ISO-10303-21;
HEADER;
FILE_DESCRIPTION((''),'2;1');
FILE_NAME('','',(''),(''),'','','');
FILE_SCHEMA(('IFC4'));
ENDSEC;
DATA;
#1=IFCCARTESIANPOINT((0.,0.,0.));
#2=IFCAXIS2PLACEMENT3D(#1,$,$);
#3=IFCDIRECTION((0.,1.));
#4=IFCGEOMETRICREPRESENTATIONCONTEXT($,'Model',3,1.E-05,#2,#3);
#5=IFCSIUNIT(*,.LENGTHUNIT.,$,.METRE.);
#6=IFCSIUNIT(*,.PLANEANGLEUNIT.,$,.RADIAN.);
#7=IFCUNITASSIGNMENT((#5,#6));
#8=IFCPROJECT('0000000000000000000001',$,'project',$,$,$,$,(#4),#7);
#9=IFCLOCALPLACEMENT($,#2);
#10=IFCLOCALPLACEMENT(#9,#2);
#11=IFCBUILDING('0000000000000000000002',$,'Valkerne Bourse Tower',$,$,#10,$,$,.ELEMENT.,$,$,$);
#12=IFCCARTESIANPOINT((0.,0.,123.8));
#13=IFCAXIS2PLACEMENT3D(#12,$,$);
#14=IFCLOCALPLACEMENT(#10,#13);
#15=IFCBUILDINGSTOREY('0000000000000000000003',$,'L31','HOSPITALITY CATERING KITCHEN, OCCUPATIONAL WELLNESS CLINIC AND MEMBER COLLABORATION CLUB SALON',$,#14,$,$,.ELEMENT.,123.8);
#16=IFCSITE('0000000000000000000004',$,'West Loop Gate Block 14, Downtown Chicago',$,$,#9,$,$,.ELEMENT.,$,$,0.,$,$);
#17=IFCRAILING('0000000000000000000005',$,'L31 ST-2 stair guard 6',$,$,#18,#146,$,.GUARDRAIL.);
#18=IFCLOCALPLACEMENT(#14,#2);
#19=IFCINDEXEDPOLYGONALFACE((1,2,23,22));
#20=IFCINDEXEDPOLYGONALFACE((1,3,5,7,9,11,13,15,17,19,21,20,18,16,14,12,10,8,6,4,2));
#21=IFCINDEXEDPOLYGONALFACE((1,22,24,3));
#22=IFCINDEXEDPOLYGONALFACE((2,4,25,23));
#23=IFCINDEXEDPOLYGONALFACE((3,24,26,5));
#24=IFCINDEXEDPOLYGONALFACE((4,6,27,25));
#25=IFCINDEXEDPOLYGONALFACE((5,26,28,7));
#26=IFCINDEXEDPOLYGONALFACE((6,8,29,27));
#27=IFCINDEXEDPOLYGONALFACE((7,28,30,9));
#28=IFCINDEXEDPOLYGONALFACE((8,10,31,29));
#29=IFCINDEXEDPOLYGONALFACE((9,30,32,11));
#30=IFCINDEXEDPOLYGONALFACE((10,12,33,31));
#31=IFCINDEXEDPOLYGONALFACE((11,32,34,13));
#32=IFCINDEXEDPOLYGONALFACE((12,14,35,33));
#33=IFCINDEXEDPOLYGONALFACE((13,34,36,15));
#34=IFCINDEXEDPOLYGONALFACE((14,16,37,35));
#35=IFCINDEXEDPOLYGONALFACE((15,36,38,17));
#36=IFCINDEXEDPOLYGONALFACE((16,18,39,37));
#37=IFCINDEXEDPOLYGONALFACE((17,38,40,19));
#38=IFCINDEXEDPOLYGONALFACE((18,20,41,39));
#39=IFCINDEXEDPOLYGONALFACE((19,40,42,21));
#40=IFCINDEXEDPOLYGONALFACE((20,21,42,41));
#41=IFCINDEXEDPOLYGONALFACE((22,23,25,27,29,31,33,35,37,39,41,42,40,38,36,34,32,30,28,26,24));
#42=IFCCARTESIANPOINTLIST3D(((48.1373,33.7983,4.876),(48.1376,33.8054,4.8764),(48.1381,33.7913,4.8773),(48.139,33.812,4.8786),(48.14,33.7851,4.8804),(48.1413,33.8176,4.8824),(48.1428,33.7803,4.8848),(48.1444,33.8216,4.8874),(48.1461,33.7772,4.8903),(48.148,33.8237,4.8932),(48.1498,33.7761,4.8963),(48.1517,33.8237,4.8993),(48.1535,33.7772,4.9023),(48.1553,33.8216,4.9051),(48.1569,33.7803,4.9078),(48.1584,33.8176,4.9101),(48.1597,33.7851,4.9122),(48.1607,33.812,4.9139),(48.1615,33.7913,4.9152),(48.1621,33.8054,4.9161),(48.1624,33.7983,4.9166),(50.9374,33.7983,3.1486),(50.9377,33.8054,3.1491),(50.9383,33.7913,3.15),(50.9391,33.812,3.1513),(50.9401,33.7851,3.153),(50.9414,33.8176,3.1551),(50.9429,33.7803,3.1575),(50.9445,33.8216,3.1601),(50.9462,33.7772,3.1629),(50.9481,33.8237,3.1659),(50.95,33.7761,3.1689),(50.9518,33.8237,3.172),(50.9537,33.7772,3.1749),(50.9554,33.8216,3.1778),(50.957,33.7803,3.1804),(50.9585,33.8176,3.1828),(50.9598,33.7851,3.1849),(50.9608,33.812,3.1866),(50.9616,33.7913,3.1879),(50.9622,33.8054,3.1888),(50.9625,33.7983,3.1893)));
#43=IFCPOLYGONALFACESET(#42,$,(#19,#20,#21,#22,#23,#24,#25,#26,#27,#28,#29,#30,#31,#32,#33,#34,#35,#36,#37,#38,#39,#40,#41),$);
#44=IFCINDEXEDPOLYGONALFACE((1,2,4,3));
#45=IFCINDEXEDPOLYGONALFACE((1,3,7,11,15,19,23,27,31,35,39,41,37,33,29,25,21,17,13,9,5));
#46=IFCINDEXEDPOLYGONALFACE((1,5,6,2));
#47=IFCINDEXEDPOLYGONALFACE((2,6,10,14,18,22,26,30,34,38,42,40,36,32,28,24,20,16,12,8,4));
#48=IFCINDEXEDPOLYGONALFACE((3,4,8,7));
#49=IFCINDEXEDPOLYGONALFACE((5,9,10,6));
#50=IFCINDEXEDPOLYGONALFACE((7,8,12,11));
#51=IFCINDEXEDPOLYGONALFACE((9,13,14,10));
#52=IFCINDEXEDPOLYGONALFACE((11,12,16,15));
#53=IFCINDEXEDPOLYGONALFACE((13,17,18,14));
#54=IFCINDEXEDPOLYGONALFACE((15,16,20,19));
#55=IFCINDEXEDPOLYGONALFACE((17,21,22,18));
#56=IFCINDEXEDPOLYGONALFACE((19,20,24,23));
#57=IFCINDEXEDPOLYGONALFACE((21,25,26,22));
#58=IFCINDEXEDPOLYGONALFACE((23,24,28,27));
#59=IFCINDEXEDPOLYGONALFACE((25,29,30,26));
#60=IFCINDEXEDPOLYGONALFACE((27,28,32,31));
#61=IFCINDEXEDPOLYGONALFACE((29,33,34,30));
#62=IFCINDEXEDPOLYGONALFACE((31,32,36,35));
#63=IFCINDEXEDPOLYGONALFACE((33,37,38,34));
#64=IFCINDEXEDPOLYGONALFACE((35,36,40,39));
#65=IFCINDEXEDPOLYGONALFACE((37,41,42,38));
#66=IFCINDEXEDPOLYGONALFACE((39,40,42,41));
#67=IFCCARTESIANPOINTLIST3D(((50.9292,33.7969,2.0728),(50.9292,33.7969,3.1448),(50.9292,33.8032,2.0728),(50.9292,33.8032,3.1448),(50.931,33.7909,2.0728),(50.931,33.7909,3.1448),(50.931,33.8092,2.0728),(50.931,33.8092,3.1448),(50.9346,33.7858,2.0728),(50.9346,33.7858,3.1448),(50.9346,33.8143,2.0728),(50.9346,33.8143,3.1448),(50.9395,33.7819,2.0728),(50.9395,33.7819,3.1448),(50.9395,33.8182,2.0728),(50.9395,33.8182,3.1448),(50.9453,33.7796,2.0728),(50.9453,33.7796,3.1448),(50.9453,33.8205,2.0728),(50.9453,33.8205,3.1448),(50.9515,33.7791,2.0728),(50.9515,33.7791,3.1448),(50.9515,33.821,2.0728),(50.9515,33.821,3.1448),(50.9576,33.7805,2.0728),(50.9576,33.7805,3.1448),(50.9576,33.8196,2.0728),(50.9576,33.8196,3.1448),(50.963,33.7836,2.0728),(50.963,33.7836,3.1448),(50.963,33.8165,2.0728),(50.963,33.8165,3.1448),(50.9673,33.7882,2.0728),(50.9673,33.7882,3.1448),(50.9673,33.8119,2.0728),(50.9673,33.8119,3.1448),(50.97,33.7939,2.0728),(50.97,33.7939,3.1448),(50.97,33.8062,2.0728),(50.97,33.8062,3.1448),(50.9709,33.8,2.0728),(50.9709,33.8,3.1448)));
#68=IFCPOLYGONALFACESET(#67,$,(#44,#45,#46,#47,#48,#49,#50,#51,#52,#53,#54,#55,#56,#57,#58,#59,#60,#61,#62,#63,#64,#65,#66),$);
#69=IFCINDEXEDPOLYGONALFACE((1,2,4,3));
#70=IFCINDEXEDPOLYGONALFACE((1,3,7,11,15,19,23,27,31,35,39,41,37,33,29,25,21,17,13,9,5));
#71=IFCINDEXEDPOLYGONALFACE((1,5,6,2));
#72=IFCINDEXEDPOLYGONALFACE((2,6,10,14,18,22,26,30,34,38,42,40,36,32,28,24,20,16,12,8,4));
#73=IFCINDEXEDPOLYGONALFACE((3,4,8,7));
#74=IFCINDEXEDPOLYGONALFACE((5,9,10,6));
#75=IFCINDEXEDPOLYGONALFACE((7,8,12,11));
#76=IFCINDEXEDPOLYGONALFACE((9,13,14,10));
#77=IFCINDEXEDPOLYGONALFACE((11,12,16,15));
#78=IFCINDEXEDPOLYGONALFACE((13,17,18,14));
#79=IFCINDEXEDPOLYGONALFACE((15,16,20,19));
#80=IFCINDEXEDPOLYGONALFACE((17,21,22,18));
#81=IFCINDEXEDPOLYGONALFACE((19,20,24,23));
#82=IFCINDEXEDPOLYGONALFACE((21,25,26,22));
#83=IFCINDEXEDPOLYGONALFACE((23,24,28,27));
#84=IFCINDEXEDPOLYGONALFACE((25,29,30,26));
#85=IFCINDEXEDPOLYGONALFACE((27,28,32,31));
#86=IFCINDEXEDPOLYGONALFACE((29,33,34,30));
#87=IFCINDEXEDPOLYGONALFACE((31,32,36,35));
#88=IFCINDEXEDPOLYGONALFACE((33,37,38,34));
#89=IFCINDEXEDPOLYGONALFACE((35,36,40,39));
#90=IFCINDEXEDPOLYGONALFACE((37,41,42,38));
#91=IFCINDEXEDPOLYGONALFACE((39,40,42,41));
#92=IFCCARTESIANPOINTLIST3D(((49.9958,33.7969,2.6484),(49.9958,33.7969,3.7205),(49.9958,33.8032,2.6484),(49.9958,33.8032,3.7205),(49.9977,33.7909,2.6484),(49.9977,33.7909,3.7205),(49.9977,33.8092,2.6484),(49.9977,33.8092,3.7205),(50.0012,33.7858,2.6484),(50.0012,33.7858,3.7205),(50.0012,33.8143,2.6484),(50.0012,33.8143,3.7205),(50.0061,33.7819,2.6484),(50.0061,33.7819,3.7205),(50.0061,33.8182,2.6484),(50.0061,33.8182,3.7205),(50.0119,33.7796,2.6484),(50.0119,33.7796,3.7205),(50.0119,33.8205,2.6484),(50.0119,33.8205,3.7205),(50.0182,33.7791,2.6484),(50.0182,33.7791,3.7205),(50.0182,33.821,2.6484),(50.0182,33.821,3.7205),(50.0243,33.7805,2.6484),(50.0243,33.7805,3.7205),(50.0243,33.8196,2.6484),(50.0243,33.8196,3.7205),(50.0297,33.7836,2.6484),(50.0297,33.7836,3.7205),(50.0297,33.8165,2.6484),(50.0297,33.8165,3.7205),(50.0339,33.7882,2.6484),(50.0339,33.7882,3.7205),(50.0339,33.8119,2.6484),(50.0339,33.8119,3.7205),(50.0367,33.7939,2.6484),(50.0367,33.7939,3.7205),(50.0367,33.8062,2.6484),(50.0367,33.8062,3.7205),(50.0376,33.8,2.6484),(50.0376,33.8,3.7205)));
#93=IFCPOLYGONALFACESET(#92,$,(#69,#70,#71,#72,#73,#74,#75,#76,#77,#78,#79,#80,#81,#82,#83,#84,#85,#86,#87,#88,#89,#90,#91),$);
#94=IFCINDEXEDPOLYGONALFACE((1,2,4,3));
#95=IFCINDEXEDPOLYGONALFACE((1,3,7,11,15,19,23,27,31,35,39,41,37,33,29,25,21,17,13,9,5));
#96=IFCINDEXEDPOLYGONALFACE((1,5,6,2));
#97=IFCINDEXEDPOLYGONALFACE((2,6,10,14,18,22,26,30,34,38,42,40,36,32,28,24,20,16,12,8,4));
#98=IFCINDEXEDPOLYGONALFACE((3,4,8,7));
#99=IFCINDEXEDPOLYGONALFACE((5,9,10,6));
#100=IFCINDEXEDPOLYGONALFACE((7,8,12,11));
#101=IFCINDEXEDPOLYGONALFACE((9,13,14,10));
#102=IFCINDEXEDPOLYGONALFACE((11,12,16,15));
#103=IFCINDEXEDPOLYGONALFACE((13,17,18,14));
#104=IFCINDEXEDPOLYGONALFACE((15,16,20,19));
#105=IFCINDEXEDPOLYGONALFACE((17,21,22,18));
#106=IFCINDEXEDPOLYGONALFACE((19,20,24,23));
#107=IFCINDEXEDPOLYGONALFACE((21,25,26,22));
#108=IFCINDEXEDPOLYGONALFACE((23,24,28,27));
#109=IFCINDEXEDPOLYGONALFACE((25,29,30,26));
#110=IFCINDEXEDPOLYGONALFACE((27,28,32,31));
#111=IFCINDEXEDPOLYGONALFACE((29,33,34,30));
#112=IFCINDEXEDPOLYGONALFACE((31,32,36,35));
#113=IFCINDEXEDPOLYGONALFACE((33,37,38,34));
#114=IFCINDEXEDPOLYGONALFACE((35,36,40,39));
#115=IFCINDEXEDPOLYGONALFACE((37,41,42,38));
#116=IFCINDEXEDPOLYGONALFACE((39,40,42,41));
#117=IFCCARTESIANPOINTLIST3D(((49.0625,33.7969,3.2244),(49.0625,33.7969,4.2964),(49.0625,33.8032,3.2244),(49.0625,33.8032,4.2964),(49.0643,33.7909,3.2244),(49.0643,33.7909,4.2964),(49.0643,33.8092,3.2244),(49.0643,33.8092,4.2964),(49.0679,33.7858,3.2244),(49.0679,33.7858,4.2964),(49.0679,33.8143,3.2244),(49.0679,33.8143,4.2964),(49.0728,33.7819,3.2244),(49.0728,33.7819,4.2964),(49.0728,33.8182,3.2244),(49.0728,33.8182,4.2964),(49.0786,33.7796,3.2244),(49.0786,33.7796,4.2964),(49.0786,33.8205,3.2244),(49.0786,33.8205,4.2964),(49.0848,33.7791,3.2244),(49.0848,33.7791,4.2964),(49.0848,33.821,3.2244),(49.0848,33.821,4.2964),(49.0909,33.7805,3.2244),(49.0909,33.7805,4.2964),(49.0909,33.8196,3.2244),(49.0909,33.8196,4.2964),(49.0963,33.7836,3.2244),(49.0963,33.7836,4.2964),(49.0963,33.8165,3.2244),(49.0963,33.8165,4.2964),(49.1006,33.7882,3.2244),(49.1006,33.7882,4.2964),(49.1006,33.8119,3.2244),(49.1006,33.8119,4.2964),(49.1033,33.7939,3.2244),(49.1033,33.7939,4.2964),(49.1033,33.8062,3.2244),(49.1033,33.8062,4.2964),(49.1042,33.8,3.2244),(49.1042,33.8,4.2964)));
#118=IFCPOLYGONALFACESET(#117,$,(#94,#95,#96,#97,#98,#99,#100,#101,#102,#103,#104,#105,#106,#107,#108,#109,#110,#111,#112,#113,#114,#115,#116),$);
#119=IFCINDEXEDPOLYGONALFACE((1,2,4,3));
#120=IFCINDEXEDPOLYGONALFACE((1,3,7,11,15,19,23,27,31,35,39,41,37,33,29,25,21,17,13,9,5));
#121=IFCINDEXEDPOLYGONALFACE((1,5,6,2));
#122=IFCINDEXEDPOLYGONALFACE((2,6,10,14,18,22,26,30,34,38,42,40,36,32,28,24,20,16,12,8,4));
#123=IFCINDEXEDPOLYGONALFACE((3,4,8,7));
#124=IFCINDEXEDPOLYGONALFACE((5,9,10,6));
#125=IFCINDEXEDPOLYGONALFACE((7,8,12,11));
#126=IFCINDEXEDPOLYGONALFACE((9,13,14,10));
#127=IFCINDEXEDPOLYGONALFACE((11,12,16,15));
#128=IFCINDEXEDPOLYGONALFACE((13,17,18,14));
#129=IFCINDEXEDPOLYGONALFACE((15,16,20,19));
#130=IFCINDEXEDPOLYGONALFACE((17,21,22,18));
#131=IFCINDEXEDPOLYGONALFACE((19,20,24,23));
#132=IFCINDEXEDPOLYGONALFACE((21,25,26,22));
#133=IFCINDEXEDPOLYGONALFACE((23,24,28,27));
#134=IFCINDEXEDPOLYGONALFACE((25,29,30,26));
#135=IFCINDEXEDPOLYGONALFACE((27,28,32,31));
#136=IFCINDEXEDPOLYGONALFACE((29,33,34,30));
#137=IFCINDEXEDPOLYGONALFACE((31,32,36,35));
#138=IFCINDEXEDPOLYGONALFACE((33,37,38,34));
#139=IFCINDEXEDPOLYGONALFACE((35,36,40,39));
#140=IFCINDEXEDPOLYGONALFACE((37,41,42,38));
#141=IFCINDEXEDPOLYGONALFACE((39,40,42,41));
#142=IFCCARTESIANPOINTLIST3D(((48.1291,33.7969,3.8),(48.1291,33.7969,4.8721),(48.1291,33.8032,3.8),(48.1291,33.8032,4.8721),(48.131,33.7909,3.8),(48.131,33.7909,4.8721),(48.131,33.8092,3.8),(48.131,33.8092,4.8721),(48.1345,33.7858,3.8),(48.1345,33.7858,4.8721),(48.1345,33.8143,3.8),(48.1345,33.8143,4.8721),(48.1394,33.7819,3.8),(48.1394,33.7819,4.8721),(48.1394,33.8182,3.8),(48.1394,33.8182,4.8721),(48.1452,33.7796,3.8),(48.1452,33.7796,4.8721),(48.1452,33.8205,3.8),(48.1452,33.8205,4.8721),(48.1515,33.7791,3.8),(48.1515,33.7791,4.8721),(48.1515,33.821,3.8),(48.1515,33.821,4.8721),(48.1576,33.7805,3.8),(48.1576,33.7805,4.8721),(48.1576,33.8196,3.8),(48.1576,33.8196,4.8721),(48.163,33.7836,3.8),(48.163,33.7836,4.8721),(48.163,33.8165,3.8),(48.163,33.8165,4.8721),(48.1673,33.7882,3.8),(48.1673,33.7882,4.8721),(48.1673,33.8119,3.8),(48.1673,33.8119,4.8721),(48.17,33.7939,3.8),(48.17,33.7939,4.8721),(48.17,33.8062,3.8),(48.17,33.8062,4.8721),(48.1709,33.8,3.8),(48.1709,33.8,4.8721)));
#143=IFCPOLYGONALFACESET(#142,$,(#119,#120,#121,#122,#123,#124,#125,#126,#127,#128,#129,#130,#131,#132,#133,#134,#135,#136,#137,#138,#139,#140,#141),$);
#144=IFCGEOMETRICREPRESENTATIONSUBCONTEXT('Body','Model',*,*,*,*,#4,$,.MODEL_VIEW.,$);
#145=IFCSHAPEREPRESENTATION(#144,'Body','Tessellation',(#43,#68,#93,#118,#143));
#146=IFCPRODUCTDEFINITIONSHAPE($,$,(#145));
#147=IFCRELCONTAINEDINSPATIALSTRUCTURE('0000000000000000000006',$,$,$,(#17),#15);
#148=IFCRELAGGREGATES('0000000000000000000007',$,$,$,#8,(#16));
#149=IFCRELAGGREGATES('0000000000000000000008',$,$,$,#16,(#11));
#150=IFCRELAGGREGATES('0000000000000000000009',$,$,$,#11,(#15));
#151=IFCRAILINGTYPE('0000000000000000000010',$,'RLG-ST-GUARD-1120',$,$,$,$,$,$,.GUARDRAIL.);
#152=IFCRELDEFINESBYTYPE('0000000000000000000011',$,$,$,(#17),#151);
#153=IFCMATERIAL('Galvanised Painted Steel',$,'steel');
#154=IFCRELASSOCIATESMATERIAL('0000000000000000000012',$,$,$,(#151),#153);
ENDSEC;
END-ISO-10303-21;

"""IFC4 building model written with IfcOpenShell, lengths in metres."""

from ifc_helpers import new_model, si_unit, direction, frame, origin, origin_2d, place, context, subcontext, project, spatial, circle, extrude, material, type_object, element, save


model = new_model("IFC4")

# Units and contexts
model_context = context("Model", 3, precision=1e-05, world=origin(), true_north=direction((0.0, 1.0)))
body_context = subcontext(model_context, "Body", "Model", "MODEL_VIEW")
ifc_project = project(units=[si_unit("LENGTHUNIT", "METRE"), si_unit("PLANEANGLEUNIT", "RADIAN")], contexts=[model_context])

# Site, building, storey
site_placement = place(None, origin())
site = spatial("IfcSite", under=ifc_project, at=site_placement, Name="West Loop Gate Block 14, Downtown Chicago", CompositionType="ELEMENT", RefElevation=0.0)
building_placement = place(site_placement, origin())
building = spatial("IfcBuilding", under=site, at=building_placement, Name="Valkerne Bourse Tower", CompositionType="ELEMENT")
storey_placement = place(building_placement, frame((0.0, 0.0, 123.8)))
storey = spatial("IfcBuildingStorey", under=building, at=storey_placement, Name="L31", Description="HOSPITALITY CATERING KITCHEN, OCCUPATIONAL WELLNESS CLINIC AND MEMBER COLLABORATION CLUB SALON", CompositionType="ELEMENT", Elevation=123.8)

# Railing
ifc_material_1 = material(Name="Galvanised Painted Steel", Category="steel")
railing_type_1 = type_object("IfcRailingType", Name="RLG-ST-GUARD-1120", PredefinedType="GUARDRAIL", material=ifc_material_1)
railing_1_placement = place(storey_placement, frame((50.95, 33.8, 2.0728)))
element("IfcRailing", 1, at=railing_1_placement, inside=storey, type_object=railing_type_1, Name="L31 ST-2 stair guard 6", PredefinedType="GUARDRAIL", context=body_context, shape_type="SweptSolid", body=[
    extrude(circle(Radius=0.0239, at=origin_2d()), frame((0.0, 0.0, 1.0962), z_axis=(-0.85109, 0.0, 0.52502), x_axis=(0.0, -1.0, 0.0)), (0.0, 0.0, 1.0), 3.29),
    extrude(circle(Radius=0.021, at=origin_2d()), origin(), (0.0, 0.0, 1.0), 1.072),
    extrude(circle(Radius=0.021, at=origin_2d()), frame((-0.9333, 0.0, 0.5757)), (0.0, 0.0, 1.0), 1.072),
    extrude(circle(Radius=0.021, at=origin_2d()), frame((-1.8667, 0.0, 1.1516)), (0.0, 0.0, 1.0), 1.072),
    extrude(circle(Radius=0.021, at=origin_2d()), frame((-2.8, 0.0, 1.7273)), (0.0, 0.0, 1.0), 1.072),
])

save(model, "model.ifc")
